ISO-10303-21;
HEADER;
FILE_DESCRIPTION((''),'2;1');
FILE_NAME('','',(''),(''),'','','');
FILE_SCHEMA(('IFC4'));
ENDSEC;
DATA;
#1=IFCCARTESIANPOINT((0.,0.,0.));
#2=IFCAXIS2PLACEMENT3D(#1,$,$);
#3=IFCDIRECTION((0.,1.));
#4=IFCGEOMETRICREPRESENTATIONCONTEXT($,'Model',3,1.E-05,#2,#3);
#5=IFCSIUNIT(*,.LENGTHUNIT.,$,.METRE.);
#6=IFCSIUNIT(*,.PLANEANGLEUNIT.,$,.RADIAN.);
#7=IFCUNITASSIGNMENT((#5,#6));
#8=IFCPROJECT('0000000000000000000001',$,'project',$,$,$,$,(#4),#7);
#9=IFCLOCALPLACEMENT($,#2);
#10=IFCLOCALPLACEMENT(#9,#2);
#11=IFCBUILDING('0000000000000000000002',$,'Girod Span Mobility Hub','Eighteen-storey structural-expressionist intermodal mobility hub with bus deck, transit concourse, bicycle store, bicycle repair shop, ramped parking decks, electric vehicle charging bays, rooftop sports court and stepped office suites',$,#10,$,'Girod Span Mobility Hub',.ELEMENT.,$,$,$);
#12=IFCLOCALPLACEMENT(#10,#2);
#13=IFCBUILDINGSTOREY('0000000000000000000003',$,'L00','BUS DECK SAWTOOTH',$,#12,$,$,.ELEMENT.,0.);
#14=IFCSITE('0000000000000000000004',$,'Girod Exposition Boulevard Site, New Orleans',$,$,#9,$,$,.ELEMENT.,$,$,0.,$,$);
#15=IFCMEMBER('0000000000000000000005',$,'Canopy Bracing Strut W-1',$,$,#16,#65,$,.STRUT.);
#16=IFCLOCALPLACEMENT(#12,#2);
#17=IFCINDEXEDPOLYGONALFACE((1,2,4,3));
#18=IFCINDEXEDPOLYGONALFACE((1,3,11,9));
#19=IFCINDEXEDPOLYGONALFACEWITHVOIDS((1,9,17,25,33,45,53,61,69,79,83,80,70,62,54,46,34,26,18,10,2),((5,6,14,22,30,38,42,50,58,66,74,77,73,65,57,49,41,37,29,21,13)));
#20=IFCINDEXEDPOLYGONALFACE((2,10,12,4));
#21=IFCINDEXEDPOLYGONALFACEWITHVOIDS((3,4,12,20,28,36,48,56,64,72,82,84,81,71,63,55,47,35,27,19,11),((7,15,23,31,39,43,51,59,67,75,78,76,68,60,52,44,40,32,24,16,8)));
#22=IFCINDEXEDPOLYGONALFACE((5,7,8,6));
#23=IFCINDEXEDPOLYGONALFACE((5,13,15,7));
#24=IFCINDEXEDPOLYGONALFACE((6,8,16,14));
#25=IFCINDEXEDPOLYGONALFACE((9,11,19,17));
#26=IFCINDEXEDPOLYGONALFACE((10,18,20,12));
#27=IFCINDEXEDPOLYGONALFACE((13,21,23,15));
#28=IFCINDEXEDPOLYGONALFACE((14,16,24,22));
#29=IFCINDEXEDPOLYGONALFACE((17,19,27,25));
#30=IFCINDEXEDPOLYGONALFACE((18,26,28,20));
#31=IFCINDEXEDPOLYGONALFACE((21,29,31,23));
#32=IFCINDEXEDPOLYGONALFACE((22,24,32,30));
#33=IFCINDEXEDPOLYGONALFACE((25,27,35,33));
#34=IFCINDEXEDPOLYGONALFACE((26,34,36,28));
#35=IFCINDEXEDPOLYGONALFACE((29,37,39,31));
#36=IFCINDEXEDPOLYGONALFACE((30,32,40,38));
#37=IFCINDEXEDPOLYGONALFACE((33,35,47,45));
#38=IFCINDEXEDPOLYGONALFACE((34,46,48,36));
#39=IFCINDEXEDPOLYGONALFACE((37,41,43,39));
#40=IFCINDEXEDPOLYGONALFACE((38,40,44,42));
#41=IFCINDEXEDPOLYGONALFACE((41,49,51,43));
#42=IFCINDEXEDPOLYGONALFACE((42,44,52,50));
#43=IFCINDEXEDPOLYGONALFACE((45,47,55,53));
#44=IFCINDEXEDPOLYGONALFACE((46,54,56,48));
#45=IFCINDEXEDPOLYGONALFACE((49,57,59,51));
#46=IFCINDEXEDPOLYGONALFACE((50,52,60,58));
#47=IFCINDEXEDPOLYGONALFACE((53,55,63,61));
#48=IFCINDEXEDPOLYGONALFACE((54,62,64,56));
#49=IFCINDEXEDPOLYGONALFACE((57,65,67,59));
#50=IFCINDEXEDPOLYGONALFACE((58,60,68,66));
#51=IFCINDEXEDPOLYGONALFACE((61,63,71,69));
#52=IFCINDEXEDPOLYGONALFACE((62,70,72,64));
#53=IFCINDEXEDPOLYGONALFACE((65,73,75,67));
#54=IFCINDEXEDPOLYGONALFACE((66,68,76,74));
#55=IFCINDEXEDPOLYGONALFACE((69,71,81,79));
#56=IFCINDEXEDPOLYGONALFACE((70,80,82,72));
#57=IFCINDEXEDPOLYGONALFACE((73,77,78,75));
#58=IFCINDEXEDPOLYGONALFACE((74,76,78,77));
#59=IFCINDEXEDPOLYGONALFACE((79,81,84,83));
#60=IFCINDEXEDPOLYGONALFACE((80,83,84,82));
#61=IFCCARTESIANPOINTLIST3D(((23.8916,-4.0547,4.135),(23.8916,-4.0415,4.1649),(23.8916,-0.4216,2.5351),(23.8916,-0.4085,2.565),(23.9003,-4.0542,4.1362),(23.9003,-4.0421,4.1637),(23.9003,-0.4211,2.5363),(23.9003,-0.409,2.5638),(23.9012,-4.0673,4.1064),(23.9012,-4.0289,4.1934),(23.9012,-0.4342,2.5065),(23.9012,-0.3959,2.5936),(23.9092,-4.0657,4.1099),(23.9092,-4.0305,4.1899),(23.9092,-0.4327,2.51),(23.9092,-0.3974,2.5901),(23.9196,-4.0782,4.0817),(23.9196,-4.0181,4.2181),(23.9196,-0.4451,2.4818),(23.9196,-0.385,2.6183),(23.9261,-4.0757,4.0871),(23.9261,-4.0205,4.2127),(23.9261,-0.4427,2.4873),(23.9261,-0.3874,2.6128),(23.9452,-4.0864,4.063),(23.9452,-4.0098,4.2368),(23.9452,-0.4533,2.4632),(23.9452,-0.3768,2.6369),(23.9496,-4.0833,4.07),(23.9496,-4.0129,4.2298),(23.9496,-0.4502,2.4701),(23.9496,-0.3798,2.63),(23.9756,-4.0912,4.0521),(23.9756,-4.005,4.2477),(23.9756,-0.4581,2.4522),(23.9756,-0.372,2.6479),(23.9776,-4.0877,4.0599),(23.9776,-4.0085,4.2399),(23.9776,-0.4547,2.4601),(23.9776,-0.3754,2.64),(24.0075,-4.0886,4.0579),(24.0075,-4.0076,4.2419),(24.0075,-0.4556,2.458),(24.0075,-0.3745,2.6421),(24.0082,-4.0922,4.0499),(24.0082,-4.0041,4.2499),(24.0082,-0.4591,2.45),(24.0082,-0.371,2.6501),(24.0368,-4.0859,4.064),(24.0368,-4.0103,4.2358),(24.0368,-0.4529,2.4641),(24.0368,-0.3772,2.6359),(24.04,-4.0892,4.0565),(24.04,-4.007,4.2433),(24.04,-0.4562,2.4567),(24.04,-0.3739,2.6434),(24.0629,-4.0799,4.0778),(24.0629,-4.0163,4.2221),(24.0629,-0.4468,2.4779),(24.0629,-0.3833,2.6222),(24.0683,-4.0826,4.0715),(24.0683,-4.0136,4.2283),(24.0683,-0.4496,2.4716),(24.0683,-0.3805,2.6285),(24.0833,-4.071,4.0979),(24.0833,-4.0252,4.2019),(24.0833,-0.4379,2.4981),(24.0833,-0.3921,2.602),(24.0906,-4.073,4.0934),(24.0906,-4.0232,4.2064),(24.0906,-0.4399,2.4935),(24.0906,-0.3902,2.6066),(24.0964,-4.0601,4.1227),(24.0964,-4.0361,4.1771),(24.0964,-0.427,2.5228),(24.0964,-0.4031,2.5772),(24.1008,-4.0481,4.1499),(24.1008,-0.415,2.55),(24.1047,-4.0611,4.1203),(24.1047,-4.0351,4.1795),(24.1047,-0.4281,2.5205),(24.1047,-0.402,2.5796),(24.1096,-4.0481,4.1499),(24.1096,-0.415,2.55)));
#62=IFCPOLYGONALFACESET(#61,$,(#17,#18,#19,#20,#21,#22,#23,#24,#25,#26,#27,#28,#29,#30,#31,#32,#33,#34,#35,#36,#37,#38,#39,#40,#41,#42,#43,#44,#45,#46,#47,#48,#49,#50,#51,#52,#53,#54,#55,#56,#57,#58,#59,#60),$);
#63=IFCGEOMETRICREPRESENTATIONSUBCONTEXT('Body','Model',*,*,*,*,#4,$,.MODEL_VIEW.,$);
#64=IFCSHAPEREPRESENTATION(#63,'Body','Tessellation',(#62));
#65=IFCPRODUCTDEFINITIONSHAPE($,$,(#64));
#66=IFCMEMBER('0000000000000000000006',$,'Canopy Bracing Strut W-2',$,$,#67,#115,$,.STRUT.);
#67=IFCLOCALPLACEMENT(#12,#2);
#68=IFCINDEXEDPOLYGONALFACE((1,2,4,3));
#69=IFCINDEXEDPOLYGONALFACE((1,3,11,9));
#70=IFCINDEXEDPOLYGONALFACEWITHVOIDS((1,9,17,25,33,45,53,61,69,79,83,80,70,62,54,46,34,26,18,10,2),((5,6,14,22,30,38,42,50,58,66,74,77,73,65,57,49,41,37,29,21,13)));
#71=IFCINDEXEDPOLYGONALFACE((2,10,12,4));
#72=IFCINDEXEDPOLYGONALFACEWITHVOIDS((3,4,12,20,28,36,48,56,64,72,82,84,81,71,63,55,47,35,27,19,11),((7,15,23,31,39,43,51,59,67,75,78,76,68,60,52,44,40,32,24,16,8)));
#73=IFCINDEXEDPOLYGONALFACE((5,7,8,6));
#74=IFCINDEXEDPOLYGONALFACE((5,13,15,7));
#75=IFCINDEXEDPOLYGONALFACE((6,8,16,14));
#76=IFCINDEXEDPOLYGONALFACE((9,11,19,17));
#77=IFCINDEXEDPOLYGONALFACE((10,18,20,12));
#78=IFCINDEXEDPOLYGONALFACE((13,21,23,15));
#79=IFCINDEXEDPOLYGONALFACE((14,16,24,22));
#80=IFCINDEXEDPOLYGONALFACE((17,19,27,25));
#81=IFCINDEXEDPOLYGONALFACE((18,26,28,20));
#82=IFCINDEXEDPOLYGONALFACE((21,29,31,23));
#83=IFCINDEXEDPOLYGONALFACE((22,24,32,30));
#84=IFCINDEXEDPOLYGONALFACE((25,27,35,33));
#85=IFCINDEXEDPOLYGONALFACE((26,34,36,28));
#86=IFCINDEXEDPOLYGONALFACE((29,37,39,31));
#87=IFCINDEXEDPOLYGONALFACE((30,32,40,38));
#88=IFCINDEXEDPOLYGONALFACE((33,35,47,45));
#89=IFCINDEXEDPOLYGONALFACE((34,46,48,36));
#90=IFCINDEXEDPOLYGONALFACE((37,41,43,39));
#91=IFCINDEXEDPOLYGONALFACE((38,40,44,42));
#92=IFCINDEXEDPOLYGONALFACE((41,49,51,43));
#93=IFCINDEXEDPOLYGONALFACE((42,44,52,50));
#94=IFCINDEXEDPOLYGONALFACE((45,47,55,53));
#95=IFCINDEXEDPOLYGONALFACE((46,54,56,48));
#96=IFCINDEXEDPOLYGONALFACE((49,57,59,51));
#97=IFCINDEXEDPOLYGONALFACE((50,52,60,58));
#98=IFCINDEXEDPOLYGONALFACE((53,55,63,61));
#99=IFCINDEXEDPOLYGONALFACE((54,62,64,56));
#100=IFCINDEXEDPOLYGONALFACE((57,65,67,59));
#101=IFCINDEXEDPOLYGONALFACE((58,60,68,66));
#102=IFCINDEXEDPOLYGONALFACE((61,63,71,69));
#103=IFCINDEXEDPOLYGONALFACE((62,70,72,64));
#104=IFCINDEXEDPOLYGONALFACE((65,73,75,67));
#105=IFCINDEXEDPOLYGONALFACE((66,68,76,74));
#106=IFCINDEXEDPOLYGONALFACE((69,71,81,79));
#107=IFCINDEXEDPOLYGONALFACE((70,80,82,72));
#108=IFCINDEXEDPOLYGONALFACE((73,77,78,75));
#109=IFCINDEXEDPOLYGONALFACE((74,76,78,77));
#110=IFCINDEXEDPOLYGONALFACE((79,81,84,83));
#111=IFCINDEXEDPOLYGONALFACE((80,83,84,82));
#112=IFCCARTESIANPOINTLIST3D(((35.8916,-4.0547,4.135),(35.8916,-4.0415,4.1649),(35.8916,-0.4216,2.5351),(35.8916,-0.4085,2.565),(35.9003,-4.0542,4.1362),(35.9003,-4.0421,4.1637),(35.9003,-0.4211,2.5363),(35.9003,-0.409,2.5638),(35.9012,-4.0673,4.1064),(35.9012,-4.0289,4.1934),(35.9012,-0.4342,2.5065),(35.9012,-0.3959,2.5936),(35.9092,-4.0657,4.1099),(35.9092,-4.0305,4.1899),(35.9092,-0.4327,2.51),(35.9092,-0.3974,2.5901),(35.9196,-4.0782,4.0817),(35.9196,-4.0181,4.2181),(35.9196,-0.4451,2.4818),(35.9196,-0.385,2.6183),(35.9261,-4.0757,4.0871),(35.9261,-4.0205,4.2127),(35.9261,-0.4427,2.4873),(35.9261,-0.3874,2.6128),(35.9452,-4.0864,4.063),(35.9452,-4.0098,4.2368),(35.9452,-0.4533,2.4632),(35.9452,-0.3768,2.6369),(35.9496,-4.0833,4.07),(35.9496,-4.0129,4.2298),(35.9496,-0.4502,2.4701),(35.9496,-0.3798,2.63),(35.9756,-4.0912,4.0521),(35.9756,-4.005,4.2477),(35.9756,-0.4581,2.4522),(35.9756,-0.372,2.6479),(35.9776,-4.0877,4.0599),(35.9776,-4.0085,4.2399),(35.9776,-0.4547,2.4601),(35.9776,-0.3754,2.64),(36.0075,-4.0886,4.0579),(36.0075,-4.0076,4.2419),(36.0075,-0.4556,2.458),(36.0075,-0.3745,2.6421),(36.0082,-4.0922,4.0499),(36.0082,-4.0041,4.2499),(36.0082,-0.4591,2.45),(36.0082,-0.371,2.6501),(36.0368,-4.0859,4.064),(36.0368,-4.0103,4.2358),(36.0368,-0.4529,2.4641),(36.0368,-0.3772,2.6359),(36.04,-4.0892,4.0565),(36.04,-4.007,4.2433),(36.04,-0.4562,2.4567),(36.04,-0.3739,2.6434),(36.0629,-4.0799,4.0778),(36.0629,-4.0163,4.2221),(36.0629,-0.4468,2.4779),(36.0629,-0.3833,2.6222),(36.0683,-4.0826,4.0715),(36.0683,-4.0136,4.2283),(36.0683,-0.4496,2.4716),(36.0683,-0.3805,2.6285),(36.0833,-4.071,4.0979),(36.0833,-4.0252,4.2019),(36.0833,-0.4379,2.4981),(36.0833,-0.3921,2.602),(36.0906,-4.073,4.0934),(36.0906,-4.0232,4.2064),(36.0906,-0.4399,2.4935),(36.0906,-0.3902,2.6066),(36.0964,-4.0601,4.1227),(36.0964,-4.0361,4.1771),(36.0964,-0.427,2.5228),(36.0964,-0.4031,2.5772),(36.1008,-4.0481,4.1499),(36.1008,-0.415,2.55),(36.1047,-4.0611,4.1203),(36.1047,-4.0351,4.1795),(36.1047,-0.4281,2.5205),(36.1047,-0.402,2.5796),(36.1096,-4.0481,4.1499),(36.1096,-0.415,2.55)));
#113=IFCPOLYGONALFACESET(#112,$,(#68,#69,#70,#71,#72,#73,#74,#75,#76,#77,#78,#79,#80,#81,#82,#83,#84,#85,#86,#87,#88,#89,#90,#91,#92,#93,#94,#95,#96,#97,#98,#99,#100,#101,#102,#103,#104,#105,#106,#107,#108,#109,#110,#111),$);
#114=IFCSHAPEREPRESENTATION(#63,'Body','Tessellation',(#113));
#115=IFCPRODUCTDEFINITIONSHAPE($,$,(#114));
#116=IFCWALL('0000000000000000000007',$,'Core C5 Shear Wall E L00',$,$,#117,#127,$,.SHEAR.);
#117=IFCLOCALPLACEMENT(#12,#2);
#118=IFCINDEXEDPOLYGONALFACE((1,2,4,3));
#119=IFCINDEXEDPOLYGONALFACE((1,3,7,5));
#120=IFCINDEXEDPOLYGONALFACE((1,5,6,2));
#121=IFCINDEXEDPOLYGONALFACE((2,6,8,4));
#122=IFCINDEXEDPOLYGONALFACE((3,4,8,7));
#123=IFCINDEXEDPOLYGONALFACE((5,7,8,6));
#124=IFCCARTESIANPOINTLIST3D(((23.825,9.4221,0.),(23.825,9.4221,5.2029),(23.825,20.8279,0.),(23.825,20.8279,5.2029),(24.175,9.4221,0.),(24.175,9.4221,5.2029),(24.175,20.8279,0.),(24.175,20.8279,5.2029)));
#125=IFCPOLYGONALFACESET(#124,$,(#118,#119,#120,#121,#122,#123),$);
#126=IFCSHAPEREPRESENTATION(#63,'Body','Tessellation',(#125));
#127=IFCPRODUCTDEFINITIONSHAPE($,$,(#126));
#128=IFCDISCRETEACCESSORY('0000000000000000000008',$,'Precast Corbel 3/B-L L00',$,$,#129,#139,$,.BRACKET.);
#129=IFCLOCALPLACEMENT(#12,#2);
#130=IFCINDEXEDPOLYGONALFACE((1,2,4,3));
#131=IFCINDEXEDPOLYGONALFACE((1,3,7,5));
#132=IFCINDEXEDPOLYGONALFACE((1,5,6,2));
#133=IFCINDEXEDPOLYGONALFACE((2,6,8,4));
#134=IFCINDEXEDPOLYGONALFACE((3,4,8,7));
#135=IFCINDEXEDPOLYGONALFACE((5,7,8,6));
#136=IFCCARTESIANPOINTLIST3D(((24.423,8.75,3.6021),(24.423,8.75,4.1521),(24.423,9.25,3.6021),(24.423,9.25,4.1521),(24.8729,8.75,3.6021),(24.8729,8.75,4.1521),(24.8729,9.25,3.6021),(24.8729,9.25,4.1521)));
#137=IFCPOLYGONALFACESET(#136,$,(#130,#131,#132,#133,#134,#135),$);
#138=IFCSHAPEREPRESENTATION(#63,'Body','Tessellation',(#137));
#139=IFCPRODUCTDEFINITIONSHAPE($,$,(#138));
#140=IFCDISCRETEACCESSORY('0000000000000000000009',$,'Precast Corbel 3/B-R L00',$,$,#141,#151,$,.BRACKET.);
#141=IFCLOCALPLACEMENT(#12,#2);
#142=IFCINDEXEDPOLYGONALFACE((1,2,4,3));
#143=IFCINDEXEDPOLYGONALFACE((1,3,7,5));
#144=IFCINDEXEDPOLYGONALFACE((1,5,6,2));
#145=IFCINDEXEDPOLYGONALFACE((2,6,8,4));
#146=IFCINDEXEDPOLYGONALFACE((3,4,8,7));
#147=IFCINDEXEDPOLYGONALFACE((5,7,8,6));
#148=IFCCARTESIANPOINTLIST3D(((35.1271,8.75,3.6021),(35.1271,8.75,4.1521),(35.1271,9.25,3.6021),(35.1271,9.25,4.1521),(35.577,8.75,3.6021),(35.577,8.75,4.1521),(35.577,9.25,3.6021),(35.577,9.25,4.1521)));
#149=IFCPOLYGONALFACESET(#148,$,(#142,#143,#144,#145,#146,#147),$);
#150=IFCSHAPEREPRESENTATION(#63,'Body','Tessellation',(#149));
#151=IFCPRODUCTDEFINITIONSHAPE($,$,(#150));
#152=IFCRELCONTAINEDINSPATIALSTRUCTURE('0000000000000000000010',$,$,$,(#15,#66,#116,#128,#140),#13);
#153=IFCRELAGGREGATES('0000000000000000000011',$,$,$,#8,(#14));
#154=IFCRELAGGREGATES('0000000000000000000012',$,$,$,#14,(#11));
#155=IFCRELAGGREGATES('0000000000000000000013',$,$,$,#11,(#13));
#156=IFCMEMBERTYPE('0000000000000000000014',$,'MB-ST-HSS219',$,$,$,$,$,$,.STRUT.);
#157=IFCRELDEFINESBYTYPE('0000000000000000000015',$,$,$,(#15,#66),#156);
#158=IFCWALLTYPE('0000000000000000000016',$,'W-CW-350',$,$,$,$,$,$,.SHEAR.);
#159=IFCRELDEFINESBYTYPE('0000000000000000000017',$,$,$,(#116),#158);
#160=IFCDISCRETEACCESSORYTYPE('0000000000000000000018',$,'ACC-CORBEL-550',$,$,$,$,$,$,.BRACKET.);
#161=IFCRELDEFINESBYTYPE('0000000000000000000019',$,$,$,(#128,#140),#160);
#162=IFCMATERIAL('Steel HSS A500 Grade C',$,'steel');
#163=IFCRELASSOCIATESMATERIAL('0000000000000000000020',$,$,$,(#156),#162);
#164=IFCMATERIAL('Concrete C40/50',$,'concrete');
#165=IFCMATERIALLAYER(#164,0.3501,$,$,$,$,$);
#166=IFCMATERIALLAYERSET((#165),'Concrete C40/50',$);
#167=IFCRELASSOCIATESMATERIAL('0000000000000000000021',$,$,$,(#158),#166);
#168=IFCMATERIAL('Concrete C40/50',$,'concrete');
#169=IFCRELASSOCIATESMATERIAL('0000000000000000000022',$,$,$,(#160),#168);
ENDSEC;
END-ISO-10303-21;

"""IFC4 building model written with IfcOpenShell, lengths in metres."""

from ifc_helpers import new_model, si_unit, direction, frame, frame_2d, origin, origin_2d, place, context, subcontext, project, spatial, rectangle, hollow_circle, extrude, material, layer, layer_set, material_profile, profile_set, type_object, element, save


model = new_model("IFC4")

# Units and contexts
model_context = context("Model", 3, precision=1e-05, world=origin(), true_north=direction((0.0, 1.0)))
body_context = subcontext(model_context, "Body", "Model", "MODEL_VIEW")
ifc_project = project(units=[si_unit("LENGTHUNIT", "METRE"), si_unit("PLANEANGLEUNIT", "RADIAN")], contexts=[model_context])

# Site, building, storey
site_placement = place(None, origin())
site = spatial("IfcSite", under=ifc_project, at=site_placement, Name="Girod Exposition Boulevard Site, New Orleans", CompositionType="ELEMENT", RefElevation=0.0)
building_placement = place(site_placement, origin())
building = spatial("IfcBuilding", under=site, at=building_placement, Name="Girod Span Mobility Hub", Description="Eighteen-storey structural-expressionist intermodal mobility hub with bus deck, transit concourse, bicycle store, bicycle repair shop, ramped parking decks, electric vehicle charging bays, rooftop sports court and stepped office suites", LongName="Girod Span Mobility Hub", CompositionType="ELEMENT")
storey_placement = place(building_placement, origin())
storey = spatial("IfcBuildingStorey", under=building, at=storey_placement, Name="L00", Description="BUS DECK SAWTOOTH", CompositionType="ELEMENT", Elevation=0.0)

# Members
ifc_material_1 = material(Name="Steel HSS A500 Grade C", Category="steel")
ifc_material_profile_1 = material_profile(ifc_material_1, hollow_circle(Radius=0.1096, WallThickness=0.0088, at=origin_2d()), Name="HSS219X9.5")
ifc_profile_set_1 = profile_set([ifc_material_profile_1], Name="Steel HSS A500 Grade C")
member_type_1 = type_object("IfcMemberType", Name="MB-ST-HSS219", PredefinedType="STRUT", material=ifc_profile_set_1)
for number, where, z_axis, x_axis, name in (
    (1, (24.0, -0.415, 2.55), (0.0, -0.915193, 0.403015), (1.0, 0.0, 0.0), "Canopy Bracing Strut W-1"),
    (2, (36.0, -0.415, 2.55), (0.0, -0.915193, 0.403015), (1.0, 0.0, 0.0), "Canopy Bracing Strut W-2"),
):
    element("IfcMember", number, at=place(storey_placement, frame(where, z_axis=z_axis, x_axis=x_axis)), inside=storey, type_object=member_type_1, Name=name, PredefinedType="STRUT", context=body_context, shape_type="SweptSolid", body=[
        extrude(hollow_circle(Radius=0.1096, WallThickness=0.0088, at=origin_2d()), origin(), (0.0, 0.0, 1.0), 3.9697),
    ])

# Wall
ifc_material_2 = material(Name="Concrete C40/50", Category="concrete")
ifc_layer = layer(ifc_material_2, 0.3501)
ifc_layer_set = layer_set([ifc_layer], Name="Concrete C40/50")
wall_type = type_object("IfcWallType", Name="W-CW-350", PredefinedType="SHEAR", material=ifc_layer_set)
wall_placement = place(storey_placement, frame((24.0, 9.4221, 0.0), z_axis=(0.0, 0.0, 1.0), x_axis=(0.0, 1.0, 0.0)))
element("IfcWall", 3, at=wall_placement, inside=storey, type_object=wall_type, Name="Core C5 Shear Wall E L00", PredefinedType="SHEAR", context=body_context, shape_type="SweptSolid", body=[
    extrude(rectangle(XDim=11.4058, YDim=0.3501, at=frame_2d((5.7029, 0.0))), origin(), (0.0, 0.0, 1.0), 5.2029),
])

# Discrete accessories
ifc_material_3 = material(Name="Concrete C40/50", Category="concrete")
discrete_accessory_type = type_object("IfcDiscreteAccessoryType", Name="ACC-CORBEL-550", PredefinedType="BRACKET", material=ifc_material_3)
for number, where, z_axis, x_axis, name in (
    (4, (24.6479, 9.0, 3.6021), (0.0, 0.0, 1.0), (1.0, 0.0, 0.0), "Precast Corbel 3/B-L L00"),
    (5, (35.3521, 9.0, 3.6021), (0.0, 0.0, 1.0), (1.0, 0.0, 0.0), "Precast Corbel 3/B-R L00"),
):
    element("IfcDiscreteAccessory", number, at=place(storey_placement, frame(where, z_axis=z_axis, x_axis=x_axis)), inside=storey, type_object=discrete_accessory_type, Name=name, PredefinedType="BRACKET", context=body_context, shape_type="SweptSolid", body=[
        extrude(rectangle(XDim=0.45, YDim=0.5, at=origin_2d()), origin(), (0.0, 0.0, 1.0), 0.55),
    ])

save(model, "model.ifc")
